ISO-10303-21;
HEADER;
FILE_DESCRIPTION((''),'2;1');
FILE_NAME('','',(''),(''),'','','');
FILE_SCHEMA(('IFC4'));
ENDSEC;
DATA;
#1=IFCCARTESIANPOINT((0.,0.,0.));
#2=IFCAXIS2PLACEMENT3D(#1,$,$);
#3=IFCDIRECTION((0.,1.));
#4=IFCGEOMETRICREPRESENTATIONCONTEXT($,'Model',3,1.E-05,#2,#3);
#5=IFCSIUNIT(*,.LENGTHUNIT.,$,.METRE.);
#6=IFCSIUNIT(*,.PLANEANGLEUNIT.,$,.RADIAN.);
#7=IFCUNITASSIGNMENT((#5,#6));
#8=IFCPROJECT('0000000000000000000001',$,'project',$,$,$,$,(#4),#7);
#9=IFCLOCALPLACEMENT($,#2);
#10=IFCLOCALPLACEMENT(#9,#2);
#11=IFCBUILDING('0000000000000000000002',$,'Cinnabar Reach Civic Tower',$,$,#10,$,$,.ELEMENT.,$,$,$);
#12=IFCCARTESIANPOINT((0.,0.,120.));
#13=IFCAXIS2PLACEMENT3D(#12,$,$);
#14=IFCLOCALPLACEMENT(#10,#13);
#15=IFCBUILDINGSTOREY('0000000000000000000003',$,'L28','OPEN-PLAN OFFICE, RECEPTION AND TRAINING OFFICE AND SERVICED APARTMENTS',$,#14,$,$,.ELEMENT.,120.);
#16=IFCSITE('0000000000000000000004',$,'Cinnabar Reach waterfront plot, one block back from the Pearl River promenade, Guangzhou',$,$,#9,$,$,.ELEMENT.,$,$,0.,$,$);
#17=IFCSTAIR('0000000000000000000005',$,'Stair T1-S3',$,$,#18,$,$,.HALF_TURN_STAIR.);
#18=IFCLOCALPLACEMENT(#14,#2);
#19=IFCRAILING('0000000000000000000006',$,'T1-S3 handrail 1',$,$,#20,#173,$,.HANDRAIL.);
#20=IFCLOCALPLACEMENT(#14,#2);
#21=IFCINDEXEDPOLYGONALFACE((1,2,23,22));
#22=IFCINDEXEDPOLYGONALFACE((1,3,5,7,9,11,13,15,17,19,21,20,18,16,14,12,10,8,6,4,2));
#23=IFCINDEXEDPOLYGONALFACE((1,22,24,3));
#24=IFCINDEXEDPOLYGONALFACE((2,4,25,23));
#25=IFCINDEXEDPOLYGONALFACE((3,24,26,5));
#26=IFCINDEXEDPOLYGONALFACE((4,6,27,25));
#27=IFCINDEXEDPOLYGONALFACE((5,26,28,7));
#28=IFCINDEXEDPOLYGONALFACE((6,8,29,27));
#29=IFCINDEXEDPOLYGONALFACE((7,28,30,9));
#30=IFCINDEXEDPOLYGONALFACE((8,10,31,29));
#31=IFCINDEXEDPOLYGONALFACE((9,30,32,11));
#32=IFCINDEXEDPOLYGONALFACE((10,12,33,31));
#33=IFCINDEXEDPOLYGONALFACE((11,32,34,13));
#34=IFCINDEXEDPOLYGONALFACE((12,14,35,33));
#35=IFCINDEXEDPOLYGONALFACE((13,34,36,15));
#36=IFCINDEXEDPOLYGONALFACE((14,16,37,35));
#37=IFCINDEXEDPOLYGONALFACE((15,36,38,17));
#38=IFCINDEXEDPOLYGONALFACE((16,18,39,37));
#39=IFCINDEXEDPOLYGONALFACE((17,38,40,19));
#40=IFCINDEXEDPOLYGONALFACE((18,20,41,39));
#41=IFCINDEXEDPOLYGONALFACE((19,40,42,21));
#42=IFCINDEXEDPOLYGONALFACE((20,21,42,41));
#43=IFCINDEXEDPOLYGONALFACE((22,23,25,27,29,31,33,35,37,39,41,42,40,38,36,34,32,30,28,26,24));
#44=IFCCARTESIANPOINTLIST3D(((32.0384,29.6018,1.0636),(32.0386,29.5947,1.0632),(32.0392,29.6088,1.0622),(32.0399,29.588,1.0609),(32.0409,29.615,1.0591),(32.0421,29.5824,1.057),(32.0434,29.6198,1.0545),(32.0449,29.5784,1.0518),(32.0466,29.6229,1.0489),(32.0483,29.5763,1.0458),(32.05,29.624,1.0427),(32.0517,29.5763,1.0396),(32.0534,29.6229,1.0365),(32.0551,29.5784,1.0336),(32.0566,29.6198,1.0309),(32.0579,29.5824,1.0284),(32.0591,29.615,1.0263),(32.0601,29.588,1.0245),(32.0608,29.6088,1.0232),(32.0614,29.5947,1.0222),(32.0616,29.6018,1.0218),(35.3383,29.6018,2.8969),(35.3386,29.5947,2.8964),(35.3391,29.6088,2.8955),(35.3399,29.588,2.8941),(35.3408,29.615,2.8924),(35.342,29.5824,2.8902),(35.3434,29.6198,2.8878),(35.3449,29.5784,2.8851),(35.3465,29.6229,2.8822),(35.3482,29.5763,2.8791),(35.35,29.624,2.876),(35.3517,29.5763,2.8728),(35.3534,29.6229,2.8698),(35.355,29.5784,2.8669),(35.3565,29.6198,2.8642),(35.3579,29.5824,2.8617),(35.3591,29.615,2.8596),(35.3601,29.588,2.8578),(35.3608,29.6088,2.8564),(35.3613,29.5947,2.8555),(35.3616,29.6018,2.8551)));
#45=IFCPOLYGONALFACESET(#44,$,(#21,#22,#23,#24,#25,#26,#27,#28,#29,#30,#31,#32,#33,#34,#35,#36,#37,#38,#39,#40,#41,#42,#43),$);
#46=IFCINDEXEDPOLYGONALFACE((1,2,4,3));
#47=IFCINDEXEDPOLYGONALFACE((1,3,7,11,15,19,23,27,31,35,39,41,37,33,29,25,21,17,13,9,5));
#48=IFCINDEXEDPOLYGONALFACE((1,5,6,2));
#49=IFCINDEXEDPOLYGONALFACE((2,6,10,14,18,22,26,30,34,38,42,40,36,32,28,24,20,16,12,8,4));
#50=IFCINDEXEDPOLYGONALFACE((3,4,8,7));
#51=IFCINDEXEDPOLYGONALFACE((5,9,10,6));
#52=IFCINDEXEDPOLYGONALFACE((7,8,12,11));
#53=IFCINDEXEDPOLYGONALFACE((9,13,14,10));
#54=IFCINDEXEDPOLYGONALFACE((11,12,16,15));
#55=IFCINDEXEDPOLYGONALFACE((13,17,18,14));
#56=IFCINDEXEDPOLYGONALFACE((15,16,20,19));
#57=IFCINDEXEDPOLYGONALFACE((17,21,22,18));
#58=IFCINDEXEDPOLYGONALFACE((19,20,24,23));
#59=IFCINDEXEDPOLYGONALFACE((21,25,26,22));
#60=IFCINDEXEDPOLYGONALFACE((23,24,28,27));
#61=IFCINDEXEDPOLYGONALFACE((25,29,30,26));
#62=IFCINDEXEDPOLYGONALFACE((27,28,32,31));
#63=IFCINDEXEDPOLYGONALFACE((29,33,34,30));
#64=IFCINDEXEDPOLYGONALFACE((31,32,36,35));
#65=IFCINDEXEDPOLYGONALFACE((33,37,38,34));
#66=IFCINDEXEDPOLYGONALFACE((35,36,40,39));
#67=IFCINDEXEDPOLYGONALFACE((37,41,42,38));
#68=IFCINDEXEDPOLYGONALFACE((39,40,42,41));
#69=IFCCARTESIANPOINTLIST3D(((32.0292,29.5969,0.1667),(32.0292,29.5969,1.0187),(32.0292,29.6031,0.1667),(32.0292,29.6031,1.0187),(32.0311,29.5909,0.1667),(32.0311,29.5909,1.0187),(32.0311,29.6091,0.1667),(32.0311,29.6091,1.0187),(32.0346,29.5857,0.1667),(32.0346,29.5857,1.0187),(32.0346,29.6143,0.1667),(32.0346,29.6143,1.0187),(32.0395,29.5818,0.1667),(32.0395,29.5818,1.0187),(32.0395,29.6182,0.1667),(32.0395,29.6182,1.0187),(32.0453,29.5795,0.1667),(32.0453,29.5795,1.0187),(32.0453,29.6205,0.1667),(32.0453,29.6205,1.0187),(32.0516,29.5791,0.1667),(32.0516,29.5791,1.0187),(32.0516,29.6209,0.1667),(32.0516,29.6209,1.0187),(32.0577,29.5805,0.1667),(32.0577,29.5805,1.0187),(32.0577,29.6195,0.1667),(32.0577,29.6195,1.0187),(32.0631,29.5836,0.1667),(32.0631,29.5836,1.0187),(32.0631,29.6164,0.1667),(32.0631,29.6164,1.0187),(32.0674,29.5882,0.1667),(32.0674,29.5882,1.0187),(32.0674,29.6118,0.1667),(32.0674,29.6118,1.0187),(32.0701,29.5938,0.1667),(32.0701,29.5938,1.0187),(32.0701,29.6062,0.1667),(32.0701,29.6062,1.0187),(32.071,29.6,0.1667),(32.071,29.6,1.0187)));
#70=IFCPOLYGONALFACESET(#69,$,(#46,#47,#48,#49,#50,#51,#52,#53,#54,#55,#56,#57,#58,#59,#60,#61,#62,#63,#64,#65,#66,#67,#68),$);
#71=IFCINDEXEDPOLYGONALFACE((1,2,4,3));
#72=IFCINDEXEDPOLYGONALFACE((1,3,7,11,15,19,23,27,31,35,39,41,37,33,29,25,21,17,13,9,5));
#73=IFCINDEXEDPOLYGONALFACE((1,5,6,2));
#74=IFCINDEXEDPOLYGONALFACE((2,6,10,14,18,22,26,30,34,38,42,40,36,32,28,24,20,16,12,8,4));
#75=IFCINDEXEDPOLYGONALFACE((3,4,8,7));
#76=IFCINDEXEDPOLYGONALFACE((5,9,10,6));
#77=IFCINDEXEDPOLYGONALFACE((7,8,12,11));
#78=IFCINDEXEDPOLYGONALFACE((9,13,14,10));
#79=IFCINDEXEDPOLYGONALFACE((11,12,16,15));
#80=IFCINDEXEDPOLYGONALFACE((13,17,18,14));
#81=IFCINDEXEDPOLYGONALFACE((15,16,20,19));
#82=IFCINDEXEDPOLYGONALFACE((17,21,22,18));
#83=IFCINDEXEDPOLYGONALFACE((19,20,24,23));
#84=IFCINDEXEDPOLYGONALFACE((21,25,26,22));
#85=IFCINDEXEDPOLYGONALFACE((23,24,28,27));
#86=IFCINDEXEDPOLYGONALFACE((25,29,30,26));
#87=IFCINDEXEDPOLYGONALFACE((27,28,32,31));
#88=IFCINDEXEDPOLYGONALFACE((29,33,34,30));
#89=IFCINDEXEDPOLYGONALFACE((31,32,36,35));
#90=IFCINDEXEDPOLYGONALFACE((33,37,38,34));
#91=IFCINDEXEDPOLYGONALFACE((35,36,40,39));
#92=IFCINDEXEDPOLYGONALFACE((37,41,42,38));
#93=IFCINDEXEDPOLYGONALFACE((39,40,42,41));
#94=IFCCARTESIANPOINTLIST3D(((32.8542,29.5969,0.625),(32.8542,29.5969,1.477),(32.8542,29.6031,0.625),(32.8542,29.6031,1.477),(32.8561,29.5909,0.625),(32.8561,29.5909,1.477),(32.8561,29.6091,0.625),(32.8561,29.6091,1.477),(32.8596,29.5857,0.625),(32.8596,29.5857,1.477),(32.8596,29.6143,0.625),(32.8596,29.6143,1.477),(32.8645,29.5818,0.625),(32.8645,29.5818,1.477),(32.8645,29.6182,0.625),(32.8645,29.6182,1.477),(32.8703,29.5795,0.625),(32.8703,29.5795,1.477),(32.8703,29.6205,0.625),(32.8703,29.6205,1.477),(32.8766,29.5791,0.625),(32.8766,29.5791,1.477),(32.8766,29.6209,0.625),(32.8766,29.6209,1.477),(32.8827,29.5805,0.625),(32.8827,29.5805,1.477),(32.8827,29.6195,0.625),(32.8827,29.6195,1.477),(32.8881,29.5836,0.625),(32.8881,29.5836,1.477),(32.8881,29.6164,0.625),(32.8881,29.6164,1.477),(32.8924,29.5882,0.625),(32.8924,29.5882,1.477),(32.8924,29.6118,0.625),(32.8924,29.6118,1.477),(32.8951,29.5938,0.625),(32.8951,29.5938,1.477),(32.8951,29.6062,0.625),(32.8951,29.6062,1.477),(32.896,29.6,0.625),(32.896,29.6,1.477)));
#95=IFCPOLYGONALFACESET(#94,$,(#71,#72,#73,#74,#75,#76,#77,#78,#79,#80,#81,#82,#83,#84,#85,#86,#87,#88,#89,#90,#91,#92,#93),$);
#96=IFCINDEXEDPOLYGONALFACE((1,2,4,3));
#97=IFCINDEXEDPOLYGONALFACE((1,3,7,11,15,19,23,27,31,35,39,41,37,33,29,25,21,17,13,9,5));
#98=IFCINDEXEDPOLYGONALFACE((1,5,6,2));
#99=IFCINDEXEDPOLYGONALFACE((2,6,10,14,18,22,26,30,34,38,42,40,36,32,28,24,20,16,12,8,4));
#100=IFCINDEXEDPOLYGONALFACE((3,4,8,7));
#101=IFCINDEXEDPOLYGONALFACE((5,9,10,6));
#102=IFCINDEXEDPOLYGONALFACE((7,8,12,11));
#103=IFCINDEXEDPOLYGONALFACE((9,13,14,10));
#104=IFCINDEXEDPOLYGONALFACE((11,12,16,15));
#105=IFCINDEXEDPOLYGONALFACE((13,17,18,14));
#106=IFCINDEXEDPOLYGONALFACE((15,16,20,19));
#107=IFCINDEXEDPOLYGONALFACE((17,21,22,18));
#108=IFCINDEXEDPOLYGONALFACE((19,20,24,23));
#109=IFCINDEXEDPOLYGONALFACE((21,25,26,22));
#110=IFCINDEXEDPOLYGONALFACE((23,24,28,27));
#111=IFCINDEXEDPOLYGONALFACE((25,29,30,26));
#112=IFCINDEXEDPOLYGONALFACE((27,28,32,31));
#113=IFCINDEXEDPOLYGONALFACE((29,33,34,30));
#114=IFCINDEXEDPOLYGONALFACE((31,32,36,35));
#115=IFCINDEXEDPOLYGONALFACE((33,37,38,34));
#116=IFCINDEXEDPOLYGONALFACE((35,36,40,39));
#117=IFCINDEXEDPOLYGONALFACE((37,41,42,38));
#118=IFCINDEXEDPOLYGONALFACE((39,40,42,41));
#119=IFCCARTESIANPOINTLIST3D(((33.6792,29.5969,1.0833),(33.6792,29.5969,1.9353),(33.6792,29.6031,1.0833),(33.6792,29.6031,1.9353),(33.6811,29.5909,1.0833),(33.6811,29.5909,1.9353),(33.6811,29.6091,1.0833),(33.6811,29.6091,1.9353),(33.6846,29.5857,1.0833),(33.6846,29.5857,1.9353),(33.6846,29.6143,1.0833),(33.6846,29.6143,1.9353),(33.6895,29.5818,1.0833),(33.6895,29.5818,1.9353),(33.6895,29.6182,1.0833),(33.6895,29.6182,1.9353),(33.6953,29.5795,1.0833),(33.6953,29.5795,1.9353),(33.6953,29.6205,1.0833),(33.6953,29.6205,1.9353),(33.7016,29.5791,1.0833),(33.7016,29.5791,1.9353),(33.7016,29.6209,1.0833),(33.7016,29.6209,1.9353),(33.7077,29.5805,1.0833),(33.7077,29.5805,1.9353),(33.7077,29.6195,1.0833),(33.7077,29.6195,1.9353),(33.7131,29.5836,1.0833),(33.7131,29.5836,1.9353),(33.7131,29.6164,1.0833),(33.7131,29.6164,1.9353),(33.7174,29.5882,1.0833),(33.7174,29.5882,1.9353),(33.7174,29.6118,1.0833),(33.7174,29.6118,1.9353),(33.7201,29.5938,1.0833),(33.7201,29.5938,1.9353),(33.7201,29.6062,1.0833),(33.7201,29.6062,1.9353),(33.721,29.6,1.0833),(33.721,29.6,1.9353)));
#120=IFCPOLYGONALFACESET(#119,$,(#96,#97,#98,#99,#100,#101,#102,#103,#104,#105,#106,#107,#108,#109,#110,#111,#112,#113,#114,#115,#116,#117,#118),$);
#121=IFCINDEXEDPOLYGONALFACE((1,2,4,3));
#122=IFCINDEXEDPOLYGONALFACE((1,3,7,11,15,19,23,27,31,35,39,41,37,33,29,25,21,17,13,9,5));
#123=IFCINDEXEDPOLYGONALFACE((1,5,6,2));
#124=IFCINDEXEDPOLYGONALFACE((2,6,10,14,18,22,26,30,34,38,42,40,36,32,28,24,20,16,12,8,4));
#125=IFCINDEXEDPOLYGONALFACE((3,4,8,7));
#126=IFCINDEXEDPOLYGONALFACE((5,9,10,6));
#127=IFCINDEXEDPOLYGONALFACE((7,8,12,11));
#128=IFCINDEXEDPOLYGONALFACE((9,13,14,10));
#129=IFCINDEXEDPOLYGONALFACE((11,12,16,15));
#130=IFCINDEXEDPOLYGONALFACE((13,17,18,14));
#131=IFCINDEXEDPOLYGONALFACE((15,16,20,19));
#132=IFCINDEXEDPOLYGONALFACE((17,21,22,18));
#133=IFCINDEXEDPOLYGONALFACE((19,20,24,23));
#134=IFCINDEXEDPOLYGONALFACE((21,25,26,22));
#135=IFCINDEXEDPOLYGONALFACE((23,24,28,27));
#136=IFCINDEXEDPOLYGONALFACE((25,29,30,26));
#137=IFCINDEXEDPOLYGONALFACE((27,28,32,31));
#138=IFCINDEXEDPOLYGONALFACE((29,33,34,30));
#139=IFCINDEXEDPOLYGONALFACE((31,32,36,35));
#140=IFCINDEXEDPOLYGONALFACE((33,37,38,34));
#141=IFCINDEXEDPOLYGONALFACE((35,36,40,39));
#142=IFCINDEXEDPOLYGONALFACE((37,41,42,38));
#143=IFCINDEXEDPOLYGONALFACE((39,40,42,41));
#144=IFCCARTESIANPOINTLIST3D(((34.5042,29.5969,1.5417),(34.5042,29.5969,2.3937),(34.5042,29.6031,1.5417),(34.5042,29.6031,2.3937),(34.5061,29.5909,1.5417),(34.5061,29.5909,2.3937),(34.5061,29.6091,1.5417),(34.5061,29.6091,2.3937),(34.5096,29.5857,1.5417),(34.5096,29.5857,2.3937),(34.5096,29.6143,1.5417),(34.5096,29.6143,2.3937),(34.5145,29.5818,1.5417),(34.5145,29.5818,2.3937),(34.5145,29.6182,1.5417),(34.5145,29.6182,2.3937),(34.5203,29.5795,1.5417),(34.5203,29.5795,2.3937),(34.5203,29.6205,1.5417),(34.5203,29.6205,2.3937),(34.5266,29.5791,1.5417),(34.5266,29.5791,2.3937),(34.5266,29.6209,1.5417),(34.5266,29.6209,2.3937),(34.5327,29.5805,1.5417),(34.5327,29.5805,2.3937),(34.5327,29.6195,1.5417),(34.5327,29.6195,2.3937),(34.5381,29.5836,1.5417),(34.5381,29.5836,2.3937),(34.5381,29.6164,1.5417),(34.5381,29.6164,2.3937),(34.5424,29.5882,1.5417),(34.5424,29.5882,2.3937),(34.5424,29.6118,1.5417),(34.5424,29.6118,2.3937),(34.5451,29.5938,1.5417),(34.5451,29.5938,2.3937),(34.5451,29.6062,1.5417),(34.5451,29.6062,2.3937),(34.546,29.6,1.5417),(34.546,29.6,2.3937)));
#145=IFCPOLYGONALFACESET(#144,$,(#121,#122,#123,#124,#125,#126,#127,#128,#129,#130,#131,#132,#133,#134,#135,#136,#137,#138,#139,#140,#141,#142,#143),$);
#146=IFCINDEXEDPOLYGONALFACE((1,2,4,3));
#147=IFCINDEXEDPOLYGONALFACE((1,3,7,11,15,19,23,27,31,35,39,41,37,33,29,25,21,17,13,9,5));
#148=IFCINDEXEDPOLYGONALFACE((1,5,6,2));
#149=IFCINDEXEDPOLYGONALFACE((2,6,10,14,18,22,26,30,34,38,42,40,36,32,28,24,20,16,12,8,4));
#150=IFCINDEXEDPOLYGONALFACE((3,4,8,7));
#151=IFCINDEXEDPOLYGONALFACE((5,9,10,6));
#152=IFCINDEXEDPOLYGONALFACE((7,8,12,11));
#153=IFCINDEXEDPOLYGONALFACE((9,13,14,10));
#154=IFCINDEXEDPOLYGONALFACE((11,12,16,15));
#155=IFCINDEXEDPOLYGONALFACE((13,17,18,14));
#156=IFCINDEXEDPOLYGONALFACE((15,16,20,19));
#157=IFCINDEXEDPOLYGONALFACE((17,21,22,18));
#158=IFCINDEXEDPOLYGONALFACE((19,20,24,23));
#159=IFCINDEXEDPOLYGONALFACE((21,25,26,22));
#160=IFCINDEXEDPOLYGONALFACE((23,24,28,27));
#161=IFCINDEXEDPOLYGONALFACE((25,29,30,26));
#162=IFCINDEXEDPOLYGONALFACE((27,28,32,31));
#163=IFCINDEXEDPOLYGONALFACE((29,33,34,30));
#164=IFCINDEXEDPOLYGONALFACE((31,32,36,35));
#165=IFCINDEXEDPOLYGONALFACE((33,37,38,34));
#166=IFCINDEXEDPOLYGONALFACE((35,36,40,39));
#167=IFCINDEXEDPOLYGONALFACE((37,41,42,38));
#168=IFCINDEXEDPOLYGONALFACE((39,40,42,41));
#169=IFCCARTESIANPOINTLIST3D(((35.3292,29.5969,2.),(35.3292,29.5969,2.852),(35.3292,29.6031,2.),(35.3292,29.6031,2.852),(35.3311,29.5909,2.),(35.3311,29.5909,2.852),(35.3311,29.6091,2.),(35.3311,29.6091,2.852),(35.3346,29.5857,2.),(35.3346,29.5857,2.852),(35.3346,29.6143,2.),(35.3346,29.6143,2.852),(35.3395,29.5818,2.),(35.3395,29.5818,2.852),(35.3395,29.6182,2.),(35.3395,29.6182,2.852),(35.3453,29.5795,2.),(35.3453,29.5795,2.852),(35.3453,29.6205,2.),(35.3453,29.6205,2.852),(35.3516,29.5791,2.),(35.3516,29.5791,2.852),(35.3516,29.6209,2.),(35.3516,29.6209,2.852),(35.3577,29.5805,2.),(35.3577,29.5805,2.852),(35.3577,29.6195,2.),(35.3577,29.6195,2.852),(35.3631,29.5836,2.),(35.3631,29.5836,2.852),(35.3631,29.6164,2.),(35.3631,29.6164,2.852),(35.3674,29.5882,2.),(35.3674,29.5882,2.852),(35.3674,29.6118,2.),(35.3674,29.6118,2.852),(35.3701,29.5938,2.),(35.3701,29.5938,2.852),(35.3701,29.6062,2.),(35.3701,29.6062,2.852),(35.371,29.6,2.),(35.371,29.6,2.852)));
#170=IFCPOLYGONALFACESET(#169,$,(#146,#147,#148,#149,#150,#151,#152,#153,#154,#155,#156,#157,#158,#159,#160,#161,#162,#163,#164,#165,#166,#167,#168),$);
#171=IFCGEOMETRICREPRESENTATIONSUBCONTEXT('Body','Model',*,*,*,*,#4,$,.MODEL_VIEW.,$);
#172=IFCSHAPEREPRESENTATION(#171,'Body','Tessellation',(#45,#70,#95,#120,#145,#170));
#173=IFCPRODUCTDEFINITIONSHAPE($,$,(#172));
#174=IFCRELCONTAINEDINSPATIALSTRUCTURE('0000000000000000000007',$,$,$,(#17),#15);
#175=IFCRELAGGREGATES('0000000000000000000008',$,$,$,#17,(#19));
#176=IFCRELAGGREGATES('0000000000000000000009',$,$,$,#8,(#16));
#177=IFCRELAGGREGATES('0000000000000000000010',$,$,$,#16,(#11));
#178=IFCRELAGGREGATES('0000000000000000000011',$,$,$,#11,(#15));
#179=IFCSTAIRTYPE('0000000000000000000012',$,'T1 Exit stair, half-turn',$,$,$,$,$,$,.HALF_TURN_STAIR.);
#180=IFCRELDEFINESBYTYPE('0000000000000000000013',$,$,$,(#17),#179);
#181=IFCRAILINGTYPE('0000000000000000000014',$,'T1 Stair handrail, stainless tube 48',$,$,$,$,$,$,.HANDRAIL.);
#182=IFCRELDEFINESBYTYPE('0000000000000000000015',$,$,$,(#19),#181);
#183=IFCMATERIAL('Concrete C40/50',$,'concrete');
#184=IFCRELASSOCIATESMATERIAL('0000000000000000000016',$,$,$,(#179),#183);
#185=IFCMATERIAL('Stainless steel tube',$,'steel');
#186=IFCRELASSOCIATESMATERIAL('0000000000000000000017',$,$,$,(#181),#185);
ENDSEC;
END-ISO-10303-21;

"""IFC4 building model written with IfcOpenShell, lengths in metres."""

from ifc_helpers import new_model, si_unit, direction, frame, origin, origin_2d, place, context, subcontext, project, spatial, circle, extrude, material, type_object, element, aggregate, save


model = new_model("IFC4")

# Units and contexts
model_context = context("Model", 3, precision=1e-05, world=origin(), true_north=direction((0.0, 1.0)))
body_context = subcontext(model_context, "Body", "Model", "MODEL_VIEW")
ifc_project = project(units=[si_unit("LENGTHUNIT", "METRE"), si_unit("PLANEANGLEUNIT", "RADIAN")], contexts=[model_context])

# Site, building, storey
site_placement = place(None, origin())
site = spatial("IfcSite", under=ifc_project, at=site_placement, Name="Cinnabar Reach waterfront plot, one block back from the Pearl River promenade, Guangzhou", CompositionType="ELEMENT", RefElevation=0.0)
building_placement = place(site_placement, origin())
building = spatial("IfcBuilding", under=site, at=building_placement, Name="Cinnabar Reach Civic Tower", CompositionType="ELEMENT")
storey_placement = place(building_placement, frame((0.0, 0.0, 120.0)))
storey = spatial("IfcBuildingStorey", under=building, at=storey_placement, Name="L28", Description="OPEN-PLAN OFFICE, RECEPTION AND TRAINING OFFICE AND SERVICED APARTMENTS", CompositionType="ELEMENT", Elevation=120.0)

# Stair, railing
ifc_material_1 = material(Name="Concrete C40/50", Category="concrete")
stair_type = type_object("IfcStairType", Name="T1 Exit stair, half-turn", PredefinedType="HALF_TURN_STAIR", material=ifc_material_1)
stair_placement = place(storey_placement, origin())
stair = element("IfcStair", 1, at=stair_placement, inside=storey, type_object=stair_type, Name="Stair T1-S3", PredefinedType="HALF_TURN_STAIR")
ifc_material_2 = material(Name="Stainless steel tube", Category="steel")
railing_type = type_object("IfcRailingType", Name="T1 Stair handrail, stainless tube 48", PredefinedType="HANDRAIL", material=ifc_material_2)
railing_1_placement = place(storey_placement, frame((32.05, 29.6, 0.1667)))
railing_1 = element("IfcRailing", 2, at=railing_1_placement, type_object=railing_type, Name="T1-S3 handrail 1", PredefinedType="HANDRAIL", context=body_context, shape_type="SweptSolid", body=[
    extrude(circle(Radius=0.024, at=origin_2d()), frame((0.0, 0.0, 0.876), z_axis=(0.874161, 0.0, 0.485636), x_axis=(0.0, 1.0, 0.0)), (0.0, 0.0, 1.0), 3.775),
    extrude(circle(Radius=0.021, at=origin_2d()), origin(), (0.0, 0.0, 1.0), 0.852),
    extrude(circle(Radius=0.021, at=origin_2d()), frame((0.825, 0.0, 0.4583)), (0.0, 0.0, 1.0), 0.852),
    extrude(circle(Radius=0.021, at=origin_2d()), frame((1.65, 0.0, 0.9166)), (0.0, 0.0, 1.0), 0.852),
    extrude(circle(Radius=0.021, at=origin_2d()), frame((2.475, 0.0, 1.375)), (0.0, 0.0, 1.0), 0.852),
    extrude(circle(Radius=0.021, at=origin_2d()), frame((3.3, 0.0, 1.8333)), (0.0, 0.0, 1.0), 0.852),
])
aggregate(stair, [railing_1])

save(model, "model.ifc")
